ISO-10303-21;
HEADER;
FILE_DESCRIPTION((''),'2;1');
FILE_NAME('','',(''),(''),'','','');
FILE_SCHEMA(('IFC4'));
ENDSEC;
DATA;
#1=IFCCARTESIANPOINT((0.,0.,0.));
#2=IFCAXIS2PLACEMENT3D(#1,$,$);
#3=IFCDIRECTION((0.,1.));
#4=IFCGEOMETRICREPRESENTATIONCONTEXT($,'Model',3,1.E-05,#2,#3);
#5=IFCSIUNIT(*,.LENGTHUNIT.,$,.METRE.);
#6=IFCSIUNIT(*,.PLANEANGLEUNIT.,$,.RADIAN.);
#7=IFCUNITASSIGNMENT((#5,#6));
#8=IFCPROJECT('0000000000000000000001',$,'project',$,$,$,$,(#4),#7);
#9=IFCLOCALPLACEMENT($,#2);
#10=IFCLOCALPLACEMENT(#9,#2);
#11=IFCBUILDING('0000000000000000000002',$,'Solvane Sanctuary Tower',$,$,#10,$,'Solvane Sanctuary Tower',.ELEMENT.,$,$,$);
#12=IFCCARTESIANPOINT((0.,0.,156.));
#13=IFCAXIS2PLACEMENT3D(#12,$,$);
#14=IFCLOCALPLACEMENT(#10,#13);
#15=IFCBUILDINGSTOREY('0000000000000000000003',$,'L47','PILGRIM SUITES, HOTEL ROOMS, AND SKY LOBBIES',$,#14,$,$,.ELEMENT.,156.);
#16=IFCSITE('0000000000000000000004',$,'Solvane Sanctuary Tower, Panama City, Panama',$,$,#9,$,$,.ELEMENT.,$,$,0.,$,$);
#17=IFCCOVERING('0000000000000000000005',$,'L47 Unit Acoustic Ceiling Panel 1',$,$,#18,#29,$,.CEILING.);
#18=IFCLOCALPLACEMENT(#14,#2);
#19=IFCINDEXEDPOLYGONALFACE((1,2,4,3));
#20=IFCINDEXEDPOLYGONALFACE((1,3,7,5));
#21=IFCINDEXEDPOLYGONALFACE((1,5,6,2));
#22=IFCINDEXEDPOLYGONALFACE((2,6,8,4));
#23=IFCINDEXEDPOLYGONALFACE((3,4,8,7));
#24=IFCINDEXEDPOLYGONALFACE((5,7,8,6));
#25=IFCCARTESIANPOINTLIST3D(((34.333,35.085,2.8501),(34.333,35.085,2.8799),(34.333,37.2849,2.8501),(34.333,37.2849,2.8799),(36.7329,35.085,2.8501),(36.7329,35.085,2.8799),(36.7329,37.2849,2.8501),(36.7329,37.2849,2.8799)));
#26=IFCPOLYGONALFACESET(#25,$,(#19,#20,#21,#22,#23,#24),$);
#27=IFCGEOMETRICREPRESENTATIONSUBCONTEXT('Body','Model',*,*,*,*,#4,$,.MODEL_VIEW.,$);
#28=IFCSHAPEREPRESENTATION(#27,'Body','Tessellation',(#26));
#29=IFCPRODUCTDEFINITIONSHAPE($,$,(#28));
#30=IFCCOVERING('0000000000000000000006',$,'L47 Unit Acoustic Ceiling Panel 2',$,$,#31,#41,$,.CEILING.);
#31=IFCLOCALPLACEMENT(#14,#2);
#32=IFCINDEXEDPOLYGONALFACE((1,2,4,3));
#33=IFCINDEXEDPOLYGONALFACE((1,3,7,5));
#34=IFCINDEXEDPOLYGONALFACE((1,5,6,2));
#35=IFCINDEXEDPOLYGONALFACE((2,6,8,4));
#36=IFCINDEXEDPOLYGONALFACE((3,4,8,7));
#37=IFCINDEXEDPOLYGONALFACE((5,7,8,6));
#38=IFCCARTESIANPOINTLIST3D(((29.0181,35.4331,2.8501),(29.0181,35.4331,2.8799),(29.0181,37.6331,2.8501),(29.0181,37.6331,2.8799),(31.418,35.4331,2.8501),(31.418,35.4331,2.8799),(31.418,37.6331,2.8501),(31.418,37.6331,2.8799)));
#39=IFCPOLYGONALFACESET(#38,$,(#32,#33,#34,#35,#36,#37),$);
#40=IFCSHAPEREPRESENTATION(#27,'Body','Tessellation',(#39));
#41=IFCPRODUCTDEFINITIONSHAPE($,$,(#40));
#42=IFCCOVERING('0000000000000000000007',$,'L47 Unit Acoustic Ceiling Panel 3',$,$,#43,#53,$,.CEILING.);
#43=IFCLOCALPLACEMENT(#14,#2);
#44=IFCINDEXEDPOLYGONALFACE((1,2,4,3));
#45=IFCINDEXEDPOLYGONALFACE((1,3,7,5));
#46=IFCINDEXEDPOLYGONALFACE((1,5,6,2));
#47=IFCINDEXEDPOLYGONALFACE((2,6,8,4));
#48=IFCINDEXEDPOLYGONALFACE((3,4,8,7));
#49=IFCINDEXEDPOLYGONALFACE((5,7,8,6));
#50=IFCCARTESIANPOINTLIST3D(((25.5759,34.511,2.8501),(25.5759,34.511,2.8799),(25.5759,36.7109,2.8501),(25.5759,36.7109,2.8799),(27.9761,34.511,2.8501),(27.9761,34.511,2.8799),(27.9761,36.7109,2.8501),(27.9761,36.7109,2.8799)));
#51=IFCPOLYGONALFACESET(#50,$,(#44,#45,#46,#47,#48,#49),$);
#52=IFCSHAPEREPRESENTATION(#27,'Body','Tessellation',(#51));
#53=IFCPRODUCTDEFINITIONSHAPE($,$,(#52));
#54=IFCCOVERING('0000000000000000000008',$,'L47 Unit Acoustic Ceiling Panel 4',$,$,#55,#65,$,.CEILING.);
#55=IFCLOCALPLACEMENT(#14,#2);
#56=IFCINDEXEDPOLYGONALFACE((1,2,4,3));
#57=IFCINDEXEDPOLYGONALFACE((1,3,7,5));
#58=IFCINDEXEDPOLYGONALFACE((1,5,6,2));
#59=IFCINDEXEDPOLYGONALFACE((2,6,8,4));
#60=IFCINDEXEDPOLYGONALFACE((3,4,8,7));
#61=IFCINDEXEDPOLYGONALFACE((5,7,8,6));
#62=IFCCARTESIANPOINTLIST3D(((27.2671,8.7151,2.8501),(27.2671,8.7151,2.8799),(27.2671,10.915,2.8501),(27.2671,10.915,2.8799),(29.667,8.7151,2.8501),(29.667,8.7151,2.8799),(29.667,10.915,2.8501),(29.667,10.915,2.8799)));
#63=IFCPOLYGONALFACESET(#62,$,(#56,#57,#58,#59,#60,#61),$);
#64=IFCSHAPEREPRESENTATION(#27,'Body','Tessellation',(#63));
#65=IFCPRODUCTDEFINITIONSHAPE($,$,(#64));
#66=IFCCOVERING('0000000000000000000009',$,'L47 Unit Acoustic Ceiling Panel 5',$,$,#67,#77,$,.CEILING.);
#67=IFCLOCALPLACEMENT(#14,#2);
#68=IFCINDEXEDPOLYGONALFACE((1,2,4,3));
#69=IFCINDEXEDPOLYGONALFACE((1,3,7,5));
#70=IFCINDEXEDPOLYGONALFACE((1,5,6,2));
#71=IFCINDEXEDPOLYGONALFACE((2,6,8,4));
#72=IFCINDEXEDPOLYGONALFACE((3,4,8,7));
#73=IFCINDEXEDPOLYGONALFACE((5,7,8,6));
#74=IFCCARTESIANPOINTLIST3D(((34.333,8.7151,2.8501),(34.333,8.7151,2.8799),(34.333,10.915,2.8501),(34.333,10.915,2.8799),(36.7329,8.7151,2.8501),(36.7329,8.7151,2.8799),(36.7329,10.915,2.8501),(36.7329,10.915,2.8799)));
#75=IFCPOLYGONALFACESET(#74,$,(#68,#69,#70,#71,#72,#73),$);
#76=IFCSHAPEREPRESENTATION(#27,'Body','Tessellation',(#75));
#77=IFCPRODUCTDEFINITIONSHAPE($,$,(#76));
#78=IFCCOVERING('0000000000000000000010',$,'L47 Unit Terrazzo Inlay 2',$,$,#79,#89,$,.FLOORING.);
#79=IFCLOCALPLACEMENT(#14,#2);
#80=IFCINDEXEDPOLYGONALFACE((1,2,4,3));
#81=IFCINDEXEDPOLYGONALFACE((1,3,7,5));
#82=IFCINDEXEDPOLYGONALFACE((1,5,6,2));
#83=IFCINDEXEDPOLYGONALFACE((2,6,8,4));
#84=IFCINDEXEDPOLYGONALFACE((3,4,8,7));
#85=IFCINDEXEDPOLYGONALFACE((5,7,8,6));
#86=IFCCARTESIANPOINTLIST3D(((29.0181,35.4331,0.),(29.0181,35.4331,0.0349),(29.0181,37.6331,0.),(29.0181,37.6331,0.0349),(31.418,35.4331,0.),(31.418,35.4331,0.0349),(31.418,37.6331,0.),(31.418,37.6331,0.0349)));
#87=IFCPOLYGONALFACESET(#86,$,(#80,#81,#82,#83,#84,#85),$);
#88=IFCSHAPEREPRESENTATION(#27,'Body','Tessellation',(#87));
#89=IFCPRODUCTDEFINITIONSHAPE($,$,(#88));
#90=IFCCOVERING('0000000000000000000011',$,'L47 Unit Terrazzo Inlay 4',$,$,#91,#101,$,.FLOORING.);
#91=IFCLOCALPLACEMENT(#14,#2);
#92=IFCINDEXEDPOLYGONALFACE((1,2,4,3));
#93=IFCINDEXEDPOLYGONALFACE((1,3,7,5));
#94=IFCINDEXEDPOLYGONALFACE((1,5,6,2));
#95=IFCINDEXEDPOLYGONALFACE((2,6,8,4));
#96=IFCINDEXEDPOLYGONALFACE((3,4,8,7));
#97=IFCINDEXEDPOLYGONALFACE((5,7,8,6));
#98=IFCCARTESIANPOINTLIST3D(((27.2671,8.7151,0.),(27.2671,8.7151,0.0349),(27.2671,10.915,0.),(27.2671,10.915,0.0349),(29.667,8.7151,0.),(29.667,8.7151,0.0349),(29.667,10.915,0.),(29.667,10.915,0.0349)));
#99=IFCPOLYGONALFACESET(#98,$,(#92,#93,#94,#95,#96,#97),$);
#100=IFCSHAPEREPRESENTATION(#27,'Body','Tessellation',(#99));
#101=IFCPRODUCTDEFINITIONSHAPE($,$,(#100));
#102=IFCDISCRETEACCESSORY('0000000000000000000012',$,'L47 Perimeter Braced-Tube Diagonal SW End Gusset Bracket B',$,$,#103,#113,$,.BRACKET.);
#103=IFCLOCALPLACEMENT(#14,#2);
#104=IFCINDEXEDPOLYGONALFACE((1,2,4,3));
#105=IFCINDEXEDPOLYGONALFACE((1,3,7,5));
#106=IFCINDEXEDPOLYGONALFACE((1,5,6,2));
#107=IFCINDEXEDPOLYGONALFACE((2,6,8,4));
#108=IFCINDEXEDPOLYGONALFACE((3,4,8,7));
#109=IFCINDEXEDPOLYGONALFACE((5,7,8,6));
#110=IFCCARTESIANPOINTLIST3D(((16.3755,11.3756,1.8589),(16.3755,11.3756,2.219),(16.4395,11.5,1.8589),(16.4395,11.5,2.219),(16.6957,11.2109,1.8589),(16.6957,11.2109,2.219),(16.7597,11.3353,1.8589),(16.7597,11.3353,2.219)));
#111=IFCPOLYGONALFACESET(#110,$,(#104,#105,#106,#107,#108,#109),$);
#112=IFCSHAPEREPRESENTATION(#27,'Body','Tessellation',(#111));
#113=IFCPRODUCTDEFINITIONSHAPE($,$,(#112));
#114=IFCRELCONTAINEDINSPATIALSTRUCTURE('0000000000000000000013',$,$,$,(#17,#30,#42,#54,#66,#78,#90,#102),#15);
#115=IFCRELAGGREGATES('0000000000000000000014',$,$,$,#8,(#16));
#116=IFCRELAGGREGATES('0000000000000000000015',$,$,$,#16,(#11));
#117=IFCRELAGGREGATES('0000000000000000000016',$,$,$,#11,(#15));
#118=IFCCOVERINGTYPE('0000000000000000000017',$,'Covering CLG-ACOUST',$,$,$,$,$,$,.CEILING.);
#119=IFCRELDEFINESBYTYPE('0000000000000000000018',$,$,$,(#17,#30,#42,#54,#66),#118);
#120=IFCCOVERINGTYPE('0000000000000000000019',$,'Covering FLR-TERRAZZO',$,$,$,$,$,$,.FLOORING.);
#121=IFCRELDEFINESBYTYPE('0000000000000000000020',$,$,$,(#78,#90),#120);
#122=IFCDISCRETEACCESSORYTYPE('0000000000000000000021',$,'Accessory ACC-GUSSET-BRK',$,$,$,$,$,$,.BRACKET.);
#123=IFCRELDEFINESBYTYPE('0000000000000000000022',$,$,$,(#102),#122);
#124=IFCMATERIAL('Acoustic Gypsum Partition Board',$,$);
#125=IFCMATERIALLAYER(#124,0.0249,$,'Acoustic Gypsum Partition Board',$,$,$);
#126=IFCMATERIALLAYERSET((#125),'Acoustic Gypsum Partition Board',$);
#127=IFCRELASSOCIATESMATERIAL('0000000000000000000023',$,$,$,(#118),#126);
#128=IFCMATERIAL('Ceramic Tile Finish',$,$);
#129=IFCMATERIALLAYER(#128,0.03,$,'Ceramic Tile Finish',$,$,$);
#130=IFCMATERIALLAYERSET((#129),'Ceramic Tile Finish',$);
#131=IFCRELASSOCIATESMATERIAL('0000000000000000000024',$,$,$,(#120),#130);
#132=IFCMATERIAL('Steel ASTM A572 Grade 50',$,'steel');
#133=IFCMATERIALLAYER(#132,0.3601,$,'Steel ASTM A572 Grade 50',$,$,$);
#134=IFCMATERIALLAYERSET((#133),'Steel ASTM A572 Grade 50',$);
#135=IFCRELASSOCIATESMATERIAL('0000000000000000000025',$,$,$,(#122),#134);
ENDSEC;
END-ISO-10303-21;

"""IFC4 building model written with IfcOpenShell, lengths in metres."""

from ifc_helpers import new_model, si_unit, direction, frame, origin, origin_2d, place, context, subcontext, project, spatial, polyline, rectangle, outline, extrude, material, layer, layer_set, type_object, element, save


model = new_model("IFC4")

# Units and contexts
model_context = context("Model", 3, precision=1e-05, world=origin(), true_north=direction((0.0, 1.0)))
body_context = subcontext(model_context, "Body", "Model", "MODEL_VIEW")
ifc_project = project(units=[si_unit("LENGTHUNIT", "METRE"), si_unit("PLANEANGLEUNIT", "RADIAN")], contexts=[model_context])

# Site, building, storey
site_placement = place(None, origin())
site = spatial("IfcSite", under=ifc_project, at=site_placement, Name="Solvane Sanctuary Tower, Panama City, Panama", CompositionType="ELEMENT", RefElevation=0.0)
building_placement = place(site_placement, origin())
building = spatial("IfcBuilding", under=site, at=building_placement, Name="Solvane Sanctuary Tower", LongName="Solvane Sanctuary Tower", CompositionType="ELEMENT")
storey_placement = place(building_placement, frame((0.0, 0.0, 156.0)))
storey = spatial("IfcBuildingStorey", under=building, at=storey_placement, Name="L47", Description="PILGRIM SUITES, HOTEL ROOMS, AND SKY LOBBIES", CompositionType="ELEMENT", Elevation=156.0)

# Shared definitions
ifc_material_1 = material(Name="Acoustic Gypsum Partition Board")

# Coverings
ifc_layer_1 = layer(ifc_material_1, 0.0249, Name="Acoustic Gypsum Partition Board")
ifc_layer_set_1 = layer_set([ifc_layer_1], Name="Acoustic Gypsum Partition Board")
covering_type_1 = type_object("IfcCoveringType", Name="Covering CLG-ACOUST", PredefinedType="CEILING", material=ifc_layer_set_1)
covering_1_placement = place(storey_placement, frame((0.0, 0.0, 2.8501)))
element("IfcCovering", 1, at=covering_1_placement, inside=storey, type_object=covering_type_1, Name="L47 Unit Acoustic Ceiling Panel 1", PredefinedType="CEILING", context=body_context, shape_type="SweptSolid", body=[
    extrude(outline(polyline([(34.333, 35.085), (36.7329, 35.085), (36.7329, 37.2849), (34.333, 37.2849), (34.333, 35.085)])), origin(), (0.0, 0.0, 1.0), 0.0298),
])
covering_2_placement = place(storey_placement, frame((0.0, 0.0, 2.8501)))
element("IfcCovering", 2, at=covering_2_placement, inside=storey, type_object=covering_type_1, Name="L47 Unit Acoustic Ceiling Panel 2", PredefinedType="CEILING", context=body_context, shape_type="SweptSolid", body=[
    extrude(outline(polyline([(29.0181, 35.4331), (31.418, 35.4331), (31.418, 37.6331), (29.0181, 37.6331), (29.0181, 35.4331)])), origin(), (0.0, 0.0, 1.0), 0.0298),
])
covering_3_placement = place(storey_placement, frame((0.0, 0.0, 2.8501)))
element("IfcCovering", 3, at=covering_3_placement, inside=storey, type_object=covering_type_1, Name="L47 Unit Acoustic Ceiling Panel 3", PredefinedType="CEILING", context=body_context, shape_type="SweptSolid", body=[
    extrude(outline(polyline([(25.5759, 34.511), (27.9761, 34.511), (27.9761, 36.7109), (25.5759, 36.7109), (25.5759, 34.511)])), origin(), (0.0, 0.0, 1.0), 0.0298),
])
covering_4_placement = place(storey_placement, frame((0.0, 0.0, 2.8501)))
element("IfcCovering", 4, at=covering_4_placement, inside=storey, type_object=covering_type_1, Name="L47 Unit Acoustic Ceiling Panel 4", PredefinedType="CEILING", context=body_context, shape_type="SweptSolid", body=[
    extrude(outline(polyline([(27.2671, 8.7151), (29.667, 8.7151), (29.667, 10.915), (27.2671, 10.915), (27.2671, 8.7151)])), origin(), (0.0, 0.0, 1.0), 0.0298),
])
covering_5_placement = place(storey_placement, frame((0.0, 0.0, 2.8501)))
element("IfcCovering", 5, at=covering_5_placement, inside=storey, type_object=covering_type_1, Name="L47 Unit Acoustic Ceiling Panel 5", PredefinedType="CEILING", context=body_context, shape_type="SweptSolid", body=[
    extrude(outline(polyline([(34.333, 8.7151), (36.7329, 8.7151), (36.7329, 10.915), (34.333, 10.915), (34.333, 8.7151)])), origin(), (0.0, 0.0, 1.0), 0.0298),
])
ifc_material_2 = material(Name="Ceramic Tile Finish")
ifc_layer_2 = layer(ifc_material_2, 0.03, Name="Ceramic Tile Finish")
ifc_layer_set_2 = layer_set([ifc_layer_2], Name="Ceramic Tile Finish")
covering_type_2 = type_object("IfcCoveringType", Name="Covering FLR-TERRAZZO", PredefinedType="FLOORING", material=ifc_layer_set_2)
covering_6_placement = place(storey_placement, origin())
element("IfcCovering", 6, at=covering_6_placement, inside=storey, type_object=covering_type_2, Name="L47 Unit Terrazzo Inlay 2", PredefinedType="FLOORING", context=body_context, shape_type="SweptSolid", body=[
    extrude(outline(polyline([(29.0181, 35.4331), (31.418, 35.4331), (31.418, 37.6331), (29.0181, 37.6331), (29.0181, 35.4331)])), origin(), (0.0, 0.0, 1.0), 0.0349),
])
covering_7_placement = place(storey_placement, origin())
element("IfcCovering", 7, at=covering_7_placement, inside=storey, type_object=covering_type_2, Name="L47 Unit Terrazzo Inlay 4", PredefinedType="FLOORING", context=body_context, shape_type="SweptSolid", body=[
    extrude(outline(polyline([(27.2671, 8.7151), (29.667, 8.7151), (29.667, 10.915), (27.2671, 10.915), (27.2671, 8.7151)])), origin(), (0.0, 0.0, 1.0), 0.0349),
])

# Discrete accessory
ifc_material_3 = material(Name="Steel ASTM A572 Grade 50", Category="steel")
ifc_layer_3 = layer(ifc_material_3, 0.3601, Name="Steel ASTM A572 Grade 50")
ifc_layer_set_3 = layer_set([ifc_layer_3], Name="Steel ASTM A572 Grade 50")
discrete_accessory_type = type_object("IfcDiscreteAccessoryType", Name="Accessory ACC-GUSSET-BRK", PredefinedType="BRACKET", material=ifc_layer_set_3)
discrete_accessory_placement = place(storey_placement, frame((16.5676, 11.3555, 1.8589), z_axis=(0.0, 0.0, 1.0), x_axis=(-0.889257, 0.457408, 0.0)))
element("IfcDiscreteAccessory", 8, at=discrete_accessory_placement, inside=storey, type_object=discrete_accessory_type, Name="L47 Perimeter Braced-Tube Diagonal SW End Gusset Bracket B", PredefinedType="BRACKET", context=body_context, shape_type="SweptSolid", body=[
    extrude(rectangle(XDim=0.3601, YDim=0.1399, at=origin_2d()), origin(), (0.0, 0.0, 1.0), 0.3601),
])

save(model, "model.ifc")
